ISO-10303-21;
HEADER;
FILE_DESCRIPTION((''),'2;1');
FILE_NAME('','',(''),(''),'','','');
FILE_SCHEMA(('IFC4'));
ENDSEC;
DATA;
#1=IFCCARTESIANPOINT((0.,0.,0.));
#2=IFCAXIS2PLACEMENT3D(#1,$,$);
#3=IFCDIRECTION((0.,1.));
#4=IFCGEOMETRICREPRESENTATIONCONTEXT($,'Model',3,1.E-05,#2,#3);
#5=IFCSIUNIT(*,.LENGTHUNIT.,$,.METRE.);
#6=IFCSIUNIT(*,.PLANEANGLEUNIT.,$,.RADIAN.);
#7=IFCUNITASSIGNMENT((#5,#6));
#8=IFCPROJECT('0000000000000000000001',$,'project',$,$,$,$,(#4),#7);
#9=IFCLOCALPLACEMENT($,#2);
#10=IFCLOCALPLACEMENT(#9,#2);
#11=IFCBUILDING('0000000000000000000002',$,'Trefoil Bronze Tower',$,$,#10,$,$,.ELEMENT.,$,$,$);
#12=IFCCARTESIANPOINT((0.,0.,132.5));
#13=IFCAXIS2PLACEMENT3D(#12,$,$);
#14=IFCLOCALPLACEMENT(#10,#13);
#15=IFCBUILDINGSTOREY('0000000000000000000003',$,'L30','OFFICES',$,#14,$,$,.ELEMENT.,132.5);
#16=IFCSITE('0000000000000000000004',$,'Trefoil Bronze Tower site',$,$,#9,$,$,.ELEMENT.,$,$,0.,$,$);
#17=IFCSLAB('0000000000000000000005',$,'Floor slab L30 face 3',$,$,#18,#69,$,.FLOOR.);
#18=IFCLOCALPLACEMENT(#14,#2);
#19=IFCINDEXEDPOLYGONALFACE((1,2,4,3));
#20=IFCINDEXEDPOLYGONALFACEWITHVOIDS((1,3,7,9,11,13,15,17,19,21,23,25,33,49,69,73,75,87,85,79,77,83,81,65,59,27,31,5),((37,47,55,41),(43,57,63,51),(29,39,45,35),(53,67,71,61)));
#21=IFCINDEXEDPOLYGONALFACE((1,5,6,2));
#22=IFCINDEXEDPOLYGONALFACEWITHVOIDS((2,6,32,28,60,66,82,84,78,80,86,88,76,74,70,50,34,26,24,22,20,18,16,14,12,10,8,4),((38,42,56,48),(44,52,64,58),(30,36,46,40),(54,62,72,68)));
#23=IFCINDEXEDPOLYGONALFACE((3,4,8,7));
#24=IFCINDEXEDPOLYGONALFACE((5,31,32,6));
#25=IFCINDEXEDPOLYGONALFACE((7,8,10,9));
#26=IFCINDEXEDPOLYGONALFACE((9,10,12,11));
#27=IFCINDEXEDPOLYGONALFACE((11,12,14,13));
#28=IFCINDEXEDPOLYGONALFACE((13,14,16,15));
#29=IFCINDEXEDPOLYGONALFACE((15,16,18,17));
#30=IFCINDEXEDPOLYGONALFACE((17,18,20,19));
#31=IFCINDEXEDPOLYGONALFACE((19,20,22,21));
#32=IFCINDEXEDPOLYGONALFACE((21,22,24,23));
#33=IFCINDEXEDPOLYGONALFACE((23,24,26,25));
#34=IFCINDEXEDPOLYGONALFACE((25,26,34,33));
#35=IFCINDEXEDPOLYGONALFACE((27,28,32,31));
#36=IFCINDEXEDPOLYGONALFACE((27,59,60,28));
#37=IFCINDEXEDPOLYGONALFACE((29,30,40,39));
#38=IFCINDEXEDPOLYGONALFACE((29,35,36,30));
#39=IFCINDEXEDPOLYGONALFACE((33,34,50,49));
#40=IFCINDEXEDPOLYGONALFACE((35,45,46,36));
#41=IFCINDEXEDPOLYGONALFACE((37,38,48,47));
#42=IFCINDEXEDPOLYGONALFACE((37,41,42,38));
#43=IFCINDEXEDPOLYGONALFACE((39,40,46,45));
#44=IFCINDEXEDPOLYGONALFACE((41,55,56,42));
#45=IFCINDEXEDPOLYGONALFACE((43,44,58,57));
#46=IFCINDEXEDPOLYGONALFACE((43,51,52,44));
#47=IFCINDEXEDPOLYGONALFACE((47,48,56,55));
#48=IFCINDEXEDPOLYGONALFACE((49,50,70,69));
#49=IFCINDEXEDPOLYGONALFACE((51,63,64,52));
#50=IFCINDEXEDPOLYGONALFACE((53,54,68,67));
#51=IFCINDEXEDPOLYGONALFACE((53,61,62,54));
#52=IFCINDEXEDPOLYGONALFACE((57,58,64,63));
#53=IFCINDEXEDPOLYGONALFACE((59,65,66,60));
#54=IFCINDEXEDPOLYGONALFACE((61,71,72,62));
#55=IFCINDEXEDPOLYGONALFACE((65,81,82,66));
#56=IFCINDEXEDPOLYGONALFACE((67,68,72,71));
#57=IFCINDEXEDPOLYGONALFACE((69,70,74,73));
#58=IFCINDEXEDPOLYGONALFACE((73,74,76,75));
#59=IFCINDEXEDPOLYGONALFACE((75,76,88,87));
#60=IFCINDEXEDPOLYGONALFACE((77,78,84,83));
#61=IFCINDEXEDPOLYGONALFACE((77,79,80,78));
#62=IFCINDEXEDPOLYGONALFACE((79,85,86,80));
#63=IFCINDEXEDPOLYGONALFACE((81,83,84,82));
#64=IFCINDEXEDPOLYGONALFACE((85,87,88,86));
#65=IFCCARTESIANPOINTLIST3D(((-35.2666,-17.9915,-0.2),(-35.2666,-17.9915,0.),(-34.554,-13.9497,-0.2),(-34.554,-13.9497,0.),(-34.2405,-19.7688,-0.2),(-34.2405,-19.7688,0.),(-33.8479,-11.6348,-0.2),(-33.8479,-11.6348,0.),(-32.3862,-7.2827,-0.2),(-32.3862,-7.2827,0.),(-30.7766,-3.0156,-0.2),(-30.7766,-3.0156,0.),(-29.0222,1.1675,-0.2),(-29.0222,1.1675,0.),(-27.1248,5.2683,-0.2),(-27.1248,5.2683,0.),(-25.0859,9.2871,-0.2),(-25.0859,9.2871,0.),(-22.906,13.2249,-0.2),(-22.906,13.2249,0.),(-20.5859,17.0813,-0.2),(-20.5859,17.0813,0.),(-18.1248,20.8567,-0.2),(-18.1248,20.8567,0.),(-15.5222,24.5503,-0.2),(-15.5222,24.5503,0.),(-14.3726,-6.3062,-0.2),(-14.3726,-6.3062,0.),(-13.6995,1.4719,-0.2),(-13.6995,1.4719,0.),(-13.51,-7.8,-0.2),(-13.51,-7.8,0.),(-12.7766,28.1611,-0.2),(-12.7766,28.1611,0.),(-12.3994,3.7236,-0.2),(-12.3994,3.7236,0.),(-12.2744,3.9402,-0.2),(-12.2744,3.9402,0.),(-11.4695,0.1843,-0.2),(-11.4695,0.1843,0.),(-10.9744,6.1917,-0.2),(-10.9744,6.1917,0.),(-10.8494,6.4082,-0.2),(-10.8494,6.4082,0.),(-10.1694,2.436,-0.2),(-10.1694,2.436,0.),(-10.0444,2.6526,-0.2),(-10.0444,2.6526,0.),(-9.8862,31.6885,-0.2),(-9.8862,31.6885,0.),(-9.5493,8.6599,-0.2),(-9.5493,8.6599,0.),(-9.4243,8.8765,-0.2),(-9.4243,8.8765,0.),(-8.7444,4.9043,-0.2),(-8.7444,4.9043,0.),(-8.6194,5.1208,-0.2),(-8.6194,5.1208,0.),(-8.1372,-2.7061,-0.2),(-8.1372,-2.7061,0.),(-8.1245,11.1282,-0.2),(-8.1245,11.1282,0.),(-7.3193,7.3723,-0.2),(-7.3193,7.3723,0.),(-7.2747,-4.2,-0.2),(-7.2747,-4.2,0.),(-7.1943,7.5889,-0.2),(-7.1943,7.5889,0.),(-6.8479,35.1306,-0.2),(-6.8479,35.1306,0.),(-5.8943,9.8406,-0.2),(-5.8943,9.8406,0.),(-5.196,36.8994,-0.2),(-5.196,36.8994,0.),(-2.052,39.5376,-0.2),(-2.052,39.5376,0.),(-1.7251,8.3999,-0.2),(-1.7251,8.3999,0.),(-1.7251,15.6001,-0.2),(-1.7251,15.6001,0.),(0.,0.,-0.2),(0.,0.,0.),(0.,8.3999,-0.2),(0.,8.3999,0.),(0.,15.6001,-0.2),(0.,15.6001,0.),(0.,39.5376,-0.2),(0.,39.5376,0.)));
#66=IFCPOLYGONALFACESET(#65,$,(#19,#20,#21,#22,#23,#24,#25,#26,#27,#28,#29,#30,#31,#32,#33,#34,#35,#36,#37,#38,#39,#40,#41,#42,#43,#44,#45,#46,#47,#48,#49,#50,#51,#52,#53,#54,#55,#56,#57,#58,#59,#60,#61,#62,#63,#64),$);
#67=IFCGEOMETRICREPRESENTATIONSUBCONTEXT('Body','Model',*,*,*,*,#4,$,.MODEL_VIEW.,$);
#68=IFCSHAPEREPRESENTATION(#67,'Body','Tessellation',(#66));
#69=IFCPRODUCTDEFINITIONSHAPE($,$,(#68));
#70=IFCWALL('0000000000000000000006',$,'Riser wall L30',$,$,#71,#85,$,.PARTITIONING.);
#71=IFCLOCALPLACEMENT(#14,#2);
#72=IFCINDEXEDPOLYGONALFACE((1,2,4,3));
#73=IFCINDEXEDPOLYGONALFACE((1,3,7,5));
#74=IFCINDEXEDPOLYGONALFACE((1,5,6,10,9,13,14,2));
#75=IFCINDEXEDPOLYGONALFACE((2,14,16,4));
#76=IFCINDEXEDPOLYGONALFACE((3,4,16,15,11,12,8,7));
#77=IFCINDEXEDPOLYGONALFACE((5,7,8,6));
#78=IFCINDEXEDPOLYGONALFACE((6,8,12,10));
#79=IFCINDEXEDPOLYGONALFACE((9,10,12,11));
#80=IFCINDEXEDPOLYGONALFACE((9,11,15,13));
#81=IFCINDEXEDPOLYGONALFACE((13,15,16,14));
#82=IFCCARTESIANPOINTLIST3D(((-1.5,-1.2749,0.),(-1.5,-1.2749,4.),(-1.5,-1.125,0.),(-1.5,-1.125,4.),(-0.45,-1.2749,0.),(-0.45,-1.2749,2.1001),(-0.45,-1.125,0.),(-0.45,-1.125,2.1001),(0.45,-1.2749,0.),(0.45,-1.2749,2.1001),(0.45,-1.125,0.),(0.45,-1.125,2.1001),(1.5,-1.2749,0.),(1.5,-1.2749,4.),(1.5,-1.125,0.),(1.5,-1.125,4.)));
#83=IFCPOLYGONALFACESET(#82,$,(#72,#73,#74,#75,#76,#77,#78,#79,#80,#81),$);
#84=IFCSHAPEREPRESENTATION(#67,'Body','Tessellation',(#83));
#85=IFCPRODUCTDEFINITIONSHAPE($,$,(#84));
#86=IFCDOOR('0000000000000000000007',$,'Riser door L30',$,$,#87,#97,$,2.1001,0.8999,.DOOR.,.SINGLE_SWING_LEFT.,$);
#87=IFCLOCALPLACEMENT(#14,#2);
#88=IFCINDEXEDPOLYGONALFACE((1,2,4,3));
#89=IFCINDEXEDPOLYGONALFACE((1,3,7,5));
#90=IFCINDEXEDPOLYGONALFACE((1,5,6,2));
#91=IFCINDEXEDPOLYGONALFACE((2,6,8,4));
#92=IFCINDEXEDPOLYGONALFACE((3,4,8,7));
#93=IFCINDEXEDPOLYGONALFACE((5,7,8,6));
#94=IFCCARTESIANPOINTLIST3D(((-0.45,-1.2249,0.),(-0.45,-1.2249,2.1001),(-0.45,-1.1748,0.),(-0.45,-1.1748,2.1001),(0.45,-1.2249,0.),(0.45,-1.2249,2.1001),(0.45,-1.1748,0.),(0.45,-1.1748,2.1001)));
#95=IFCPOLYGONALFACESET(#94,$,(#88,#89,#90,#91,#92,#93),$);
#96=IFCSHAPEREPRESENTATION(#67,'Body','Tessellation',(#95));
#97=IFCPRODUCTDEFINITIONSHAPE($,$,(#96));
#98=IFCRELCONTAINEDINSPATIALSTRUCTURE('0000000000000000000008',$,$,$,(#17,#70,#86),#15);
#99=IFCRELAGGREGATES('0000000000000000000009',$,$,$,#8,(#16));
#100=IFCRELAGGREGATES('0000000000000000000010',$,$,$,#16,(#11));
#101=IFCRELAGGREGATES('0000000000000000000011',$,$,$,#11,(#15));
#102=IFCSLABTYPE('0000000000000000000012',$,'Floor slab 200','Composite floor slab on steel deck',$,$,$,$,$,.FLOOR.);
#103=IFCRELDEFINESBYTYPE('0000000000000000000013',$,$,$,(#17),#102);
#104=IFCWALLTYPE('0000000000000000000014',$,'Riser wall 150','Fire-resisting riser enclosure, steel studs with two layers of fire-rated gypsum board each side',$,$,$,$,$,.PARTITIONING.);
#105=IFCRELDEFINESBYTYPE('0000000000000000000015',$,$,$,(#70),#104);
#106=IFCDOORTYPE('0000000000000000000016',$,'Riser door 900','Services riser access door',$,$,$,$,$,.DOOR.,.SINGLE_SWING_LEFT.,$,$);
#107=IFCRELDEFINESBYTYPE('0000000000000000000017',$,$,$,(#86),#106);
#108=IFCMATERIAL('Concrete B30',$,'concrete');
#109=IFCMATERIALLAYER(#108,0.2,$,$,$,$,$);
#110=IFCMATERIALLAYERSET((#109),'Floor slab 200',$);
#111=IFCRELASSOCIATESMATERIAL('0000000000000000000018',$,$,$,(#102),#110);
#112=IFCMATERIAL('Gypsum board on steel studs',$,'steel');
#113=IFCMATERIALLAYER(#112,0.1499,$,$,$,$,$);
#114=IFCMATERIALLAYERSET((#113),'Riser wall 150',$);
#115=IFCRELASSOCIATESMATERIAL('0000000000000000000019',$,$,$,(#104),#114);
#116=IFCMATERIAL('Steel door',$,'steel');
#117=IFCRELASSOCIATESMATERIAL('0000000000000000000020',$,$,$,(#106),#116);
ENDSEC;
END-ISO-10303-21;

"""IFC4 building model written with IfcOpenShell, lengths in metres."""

from ifc_helpers import new_model, si_unit, direction, frame, frame_2d, origin, place, context, subcontext, project, spatial, polyline, rectangle, outline, extrude, material, layer, layer_set, type_object, element, fill, save


model = new_model("IFC4")

# Units and contexts
model_context = context("Model", 3, precision=1e-05, world=origin(), true_north=direction((0.0, 1.0)))
body_context = subcontext(model_context, "Body", "Model", "MODEL_VIEW")
ifc_project = project(units=[si_unit("LENGTHUNIT", "METRE"), si_unit("PLANEANGLEUNIT", "RADIAN")], contexts=[model_context])

# Site, building, storey
site_placement = place(None, origin())
site = spatial("IfcSite", under=ifc_project, at=site_placement, Name="Trefoil Bronze Tower site", CompositionType="ELEMENT", RefElevation=0.0)
building_placement = place(site_placement, origin())
building = spatial("IfcBuilding", under=site, at=building_placement, Name="Trefoil Bronze Tower", CompositionType="ELEMENT")
storey_placement = place(building_placement, frame((0.0, 0.0, 132.5)))
storey = spatial("IfcBuildingStorey", under=building, at=storey_placement, Name="L30", Description="OFFICES", CompositionType="ELEMENT", Elevation=132.5)

# Slab
ifc_material_1 = material(Name="Concrete B30", Category="concrete")
ifc_layer_1 = layer(ifc_material_1, 0.2)
ifc_layer_set_1 = layer_set([ifc_layer_1], Name="Floor slab 200")
slab_type = type_object("IfcSlabType", Name="Floor slab 200", Description="Composite floor slab on steel deck", PredefinedType="FLOOR", material=ifc_layer_set_1)
slab_1_placement = place(storey_placement, frame((0.0, 0.0, -0.2)))
element("IfcSlab", 1, at=slab_1_placement, inside=storey, type_object=slab_type, Name="Floor slab L30 face 3", PredefinedType="FLOOR", context=body_context, shape_type="SweptSolid", body=[
    extrude(outline(polyline([(-32.3862, -7.2827), (-30.7766, -3.0156), (-29.0222, 1.1675), (-27.1248, 5.2683), (-25.0859, 9.2871), (-22.906, 13.2249), (-20.5859, 17.0813), (-18.1248, 20.8567), (-15.5222, 24.5503), (-12.7766, 28.1611), (-9.8862, 31.6885), (-6.8479, 35.1306), (-5.196, 36.8994), (-2.052, 39.5376), (0.0, 39.5376), (0.0, 15.6001), (-1.7251, 15.6001), (-1.7251, 8.3999), (0.0, 8.3999), (0.0, 0.0), (-7.2747, -4.2), (-8.1372, -2.7061), (-14.3726, -6.3062), (-13.51, -7.8), (-34.2405, -19.7688), (-35.2666, -17.9915), (-34.554, -13.9497), (-33.8479, -11.6348), (-32.3862, -7.2827)]), holes=[polyline([(-5.8943, 9.8406), (-7.1943, 7.5889), (-9.4243, 8.8765), (-8.1245, 11.1282), (-5.8943, 9.8406)]), polyline([(-7.3193, 7.3723), (-8.6194, 5.1208), (-10.8494, 6.4082), (-9.5493, 8.6599), (-7.3193, 7.3723)]), polyline([(-8.7444, 4.9043), (-10.0444, 2.6526), (-12.2744, 3.9402), (-10.9744, 6.1917), (-8.7444, 4.9043)]), polyline([(-10.1694, 2.436), (-11.4695, 0.1843), (-13.6995, 1.4719), (-12.3994, 3.7236), (-10.1694, 2.436)])]), origin(), (0.0, 0.0, 1.0), 0.2),
])

# Wall, opening, door
ifc_material_2 = material(Name="Gypsum board on steel studs", Category="steel")
ifc_layer_2 = layer(ifc_material_2, 0.1499)
ifc_layer_set_2 = layer_set([ifc_layer_2], Name="Riser wall 150")
wall_type_1 = type_object("IfcWallType", Name="Riser wall 150", Description="Fire-resisting riser enclosure, steel studs with two layers of fire-rated gypsum board each side", PredefinedType="PARTITIONING", material=ifc_layer_set_2)
wall_1_placement = place(storey_placement, frame((-1.5, -1.2, 0.0), z_axis=(0.0, 0.0, 1.0), x_axis=(1.0, 0.0, 0.0)))
wall_1 = element("IfcWall", 2, at=wall_1_placement, inside=storey, type_object=wall_type_1, Name="Riser wall L30", PredefinedType="PARTITIONING", context=body_context, shape_type="SweptSolid", body=[
    extrude(rectangle(XDim=3.0, YDim=0.1499, at=frame_2d((1.5, 0.0))), origin(), (0.0, 0.0, 1.0), 4.0),
])
opening_1_placement = place(wall_1_placement, frame((1.05, 0.0, 0.0)))
opening_1 = element("IfcOpeningElement", 3, at=opening_1_placement, cuts=wall_1, PredefinedType="OPENING", context=body_context, shape_type="SweptSolid", body=[
    extrude(rectangle(XDim=0.8999, YDim=2.1001, at=frame_2d((0.45, 1.05))), frame((0.0, 0.085, 0.0), z_axis=(0.0, -1.0, 0.0), x_axis=(1.0, 0.0, 0.0)), (0.0, 0.0, 1.0), 0.1699),
])
ifc_material_3 = material(Name="Steel door", Category="steel")
door_type_1 = type_object("IfcDoorType", Name="Riser door 900", Description="Services riser access door", OperationType="SINGLE_SWING_LEFT", PredefinedType="DOOR", material=ifc_material_3)
door_1_placement = place(opening_1_placement, frame((0.8999, 0.0, 0.0), z_axis=(0.0, 0.0, 1.0), x_axis=(-1.0, 0.0, 0.0)))
door_1 = element("IfcDoor", 4, at=door_1_placement, inside=storey, type_object=door_type_1, Name="Riser door L30", OperationType="SINGLE_SWING_LEFT", OverallHeight=2.1001, OverallWidth=0.8999, PredefinedType="DOOR", context=body_context, shape_type="SweptSolid", body=[
    extrude(rectangle(XDim=0.8999, YDim=2.1001, at=frame_2d((0.45, 1.05))), frame((0.0, 0.0249, 0.0), z_axis=(0.0, -1.0, 0.0), x_axis=(1.0, 0.0, 0.0)), (0.0, 0.0, 1.0), 0.05),
])
fill(opening_1, door_1)

save(model, "model.ifc")
